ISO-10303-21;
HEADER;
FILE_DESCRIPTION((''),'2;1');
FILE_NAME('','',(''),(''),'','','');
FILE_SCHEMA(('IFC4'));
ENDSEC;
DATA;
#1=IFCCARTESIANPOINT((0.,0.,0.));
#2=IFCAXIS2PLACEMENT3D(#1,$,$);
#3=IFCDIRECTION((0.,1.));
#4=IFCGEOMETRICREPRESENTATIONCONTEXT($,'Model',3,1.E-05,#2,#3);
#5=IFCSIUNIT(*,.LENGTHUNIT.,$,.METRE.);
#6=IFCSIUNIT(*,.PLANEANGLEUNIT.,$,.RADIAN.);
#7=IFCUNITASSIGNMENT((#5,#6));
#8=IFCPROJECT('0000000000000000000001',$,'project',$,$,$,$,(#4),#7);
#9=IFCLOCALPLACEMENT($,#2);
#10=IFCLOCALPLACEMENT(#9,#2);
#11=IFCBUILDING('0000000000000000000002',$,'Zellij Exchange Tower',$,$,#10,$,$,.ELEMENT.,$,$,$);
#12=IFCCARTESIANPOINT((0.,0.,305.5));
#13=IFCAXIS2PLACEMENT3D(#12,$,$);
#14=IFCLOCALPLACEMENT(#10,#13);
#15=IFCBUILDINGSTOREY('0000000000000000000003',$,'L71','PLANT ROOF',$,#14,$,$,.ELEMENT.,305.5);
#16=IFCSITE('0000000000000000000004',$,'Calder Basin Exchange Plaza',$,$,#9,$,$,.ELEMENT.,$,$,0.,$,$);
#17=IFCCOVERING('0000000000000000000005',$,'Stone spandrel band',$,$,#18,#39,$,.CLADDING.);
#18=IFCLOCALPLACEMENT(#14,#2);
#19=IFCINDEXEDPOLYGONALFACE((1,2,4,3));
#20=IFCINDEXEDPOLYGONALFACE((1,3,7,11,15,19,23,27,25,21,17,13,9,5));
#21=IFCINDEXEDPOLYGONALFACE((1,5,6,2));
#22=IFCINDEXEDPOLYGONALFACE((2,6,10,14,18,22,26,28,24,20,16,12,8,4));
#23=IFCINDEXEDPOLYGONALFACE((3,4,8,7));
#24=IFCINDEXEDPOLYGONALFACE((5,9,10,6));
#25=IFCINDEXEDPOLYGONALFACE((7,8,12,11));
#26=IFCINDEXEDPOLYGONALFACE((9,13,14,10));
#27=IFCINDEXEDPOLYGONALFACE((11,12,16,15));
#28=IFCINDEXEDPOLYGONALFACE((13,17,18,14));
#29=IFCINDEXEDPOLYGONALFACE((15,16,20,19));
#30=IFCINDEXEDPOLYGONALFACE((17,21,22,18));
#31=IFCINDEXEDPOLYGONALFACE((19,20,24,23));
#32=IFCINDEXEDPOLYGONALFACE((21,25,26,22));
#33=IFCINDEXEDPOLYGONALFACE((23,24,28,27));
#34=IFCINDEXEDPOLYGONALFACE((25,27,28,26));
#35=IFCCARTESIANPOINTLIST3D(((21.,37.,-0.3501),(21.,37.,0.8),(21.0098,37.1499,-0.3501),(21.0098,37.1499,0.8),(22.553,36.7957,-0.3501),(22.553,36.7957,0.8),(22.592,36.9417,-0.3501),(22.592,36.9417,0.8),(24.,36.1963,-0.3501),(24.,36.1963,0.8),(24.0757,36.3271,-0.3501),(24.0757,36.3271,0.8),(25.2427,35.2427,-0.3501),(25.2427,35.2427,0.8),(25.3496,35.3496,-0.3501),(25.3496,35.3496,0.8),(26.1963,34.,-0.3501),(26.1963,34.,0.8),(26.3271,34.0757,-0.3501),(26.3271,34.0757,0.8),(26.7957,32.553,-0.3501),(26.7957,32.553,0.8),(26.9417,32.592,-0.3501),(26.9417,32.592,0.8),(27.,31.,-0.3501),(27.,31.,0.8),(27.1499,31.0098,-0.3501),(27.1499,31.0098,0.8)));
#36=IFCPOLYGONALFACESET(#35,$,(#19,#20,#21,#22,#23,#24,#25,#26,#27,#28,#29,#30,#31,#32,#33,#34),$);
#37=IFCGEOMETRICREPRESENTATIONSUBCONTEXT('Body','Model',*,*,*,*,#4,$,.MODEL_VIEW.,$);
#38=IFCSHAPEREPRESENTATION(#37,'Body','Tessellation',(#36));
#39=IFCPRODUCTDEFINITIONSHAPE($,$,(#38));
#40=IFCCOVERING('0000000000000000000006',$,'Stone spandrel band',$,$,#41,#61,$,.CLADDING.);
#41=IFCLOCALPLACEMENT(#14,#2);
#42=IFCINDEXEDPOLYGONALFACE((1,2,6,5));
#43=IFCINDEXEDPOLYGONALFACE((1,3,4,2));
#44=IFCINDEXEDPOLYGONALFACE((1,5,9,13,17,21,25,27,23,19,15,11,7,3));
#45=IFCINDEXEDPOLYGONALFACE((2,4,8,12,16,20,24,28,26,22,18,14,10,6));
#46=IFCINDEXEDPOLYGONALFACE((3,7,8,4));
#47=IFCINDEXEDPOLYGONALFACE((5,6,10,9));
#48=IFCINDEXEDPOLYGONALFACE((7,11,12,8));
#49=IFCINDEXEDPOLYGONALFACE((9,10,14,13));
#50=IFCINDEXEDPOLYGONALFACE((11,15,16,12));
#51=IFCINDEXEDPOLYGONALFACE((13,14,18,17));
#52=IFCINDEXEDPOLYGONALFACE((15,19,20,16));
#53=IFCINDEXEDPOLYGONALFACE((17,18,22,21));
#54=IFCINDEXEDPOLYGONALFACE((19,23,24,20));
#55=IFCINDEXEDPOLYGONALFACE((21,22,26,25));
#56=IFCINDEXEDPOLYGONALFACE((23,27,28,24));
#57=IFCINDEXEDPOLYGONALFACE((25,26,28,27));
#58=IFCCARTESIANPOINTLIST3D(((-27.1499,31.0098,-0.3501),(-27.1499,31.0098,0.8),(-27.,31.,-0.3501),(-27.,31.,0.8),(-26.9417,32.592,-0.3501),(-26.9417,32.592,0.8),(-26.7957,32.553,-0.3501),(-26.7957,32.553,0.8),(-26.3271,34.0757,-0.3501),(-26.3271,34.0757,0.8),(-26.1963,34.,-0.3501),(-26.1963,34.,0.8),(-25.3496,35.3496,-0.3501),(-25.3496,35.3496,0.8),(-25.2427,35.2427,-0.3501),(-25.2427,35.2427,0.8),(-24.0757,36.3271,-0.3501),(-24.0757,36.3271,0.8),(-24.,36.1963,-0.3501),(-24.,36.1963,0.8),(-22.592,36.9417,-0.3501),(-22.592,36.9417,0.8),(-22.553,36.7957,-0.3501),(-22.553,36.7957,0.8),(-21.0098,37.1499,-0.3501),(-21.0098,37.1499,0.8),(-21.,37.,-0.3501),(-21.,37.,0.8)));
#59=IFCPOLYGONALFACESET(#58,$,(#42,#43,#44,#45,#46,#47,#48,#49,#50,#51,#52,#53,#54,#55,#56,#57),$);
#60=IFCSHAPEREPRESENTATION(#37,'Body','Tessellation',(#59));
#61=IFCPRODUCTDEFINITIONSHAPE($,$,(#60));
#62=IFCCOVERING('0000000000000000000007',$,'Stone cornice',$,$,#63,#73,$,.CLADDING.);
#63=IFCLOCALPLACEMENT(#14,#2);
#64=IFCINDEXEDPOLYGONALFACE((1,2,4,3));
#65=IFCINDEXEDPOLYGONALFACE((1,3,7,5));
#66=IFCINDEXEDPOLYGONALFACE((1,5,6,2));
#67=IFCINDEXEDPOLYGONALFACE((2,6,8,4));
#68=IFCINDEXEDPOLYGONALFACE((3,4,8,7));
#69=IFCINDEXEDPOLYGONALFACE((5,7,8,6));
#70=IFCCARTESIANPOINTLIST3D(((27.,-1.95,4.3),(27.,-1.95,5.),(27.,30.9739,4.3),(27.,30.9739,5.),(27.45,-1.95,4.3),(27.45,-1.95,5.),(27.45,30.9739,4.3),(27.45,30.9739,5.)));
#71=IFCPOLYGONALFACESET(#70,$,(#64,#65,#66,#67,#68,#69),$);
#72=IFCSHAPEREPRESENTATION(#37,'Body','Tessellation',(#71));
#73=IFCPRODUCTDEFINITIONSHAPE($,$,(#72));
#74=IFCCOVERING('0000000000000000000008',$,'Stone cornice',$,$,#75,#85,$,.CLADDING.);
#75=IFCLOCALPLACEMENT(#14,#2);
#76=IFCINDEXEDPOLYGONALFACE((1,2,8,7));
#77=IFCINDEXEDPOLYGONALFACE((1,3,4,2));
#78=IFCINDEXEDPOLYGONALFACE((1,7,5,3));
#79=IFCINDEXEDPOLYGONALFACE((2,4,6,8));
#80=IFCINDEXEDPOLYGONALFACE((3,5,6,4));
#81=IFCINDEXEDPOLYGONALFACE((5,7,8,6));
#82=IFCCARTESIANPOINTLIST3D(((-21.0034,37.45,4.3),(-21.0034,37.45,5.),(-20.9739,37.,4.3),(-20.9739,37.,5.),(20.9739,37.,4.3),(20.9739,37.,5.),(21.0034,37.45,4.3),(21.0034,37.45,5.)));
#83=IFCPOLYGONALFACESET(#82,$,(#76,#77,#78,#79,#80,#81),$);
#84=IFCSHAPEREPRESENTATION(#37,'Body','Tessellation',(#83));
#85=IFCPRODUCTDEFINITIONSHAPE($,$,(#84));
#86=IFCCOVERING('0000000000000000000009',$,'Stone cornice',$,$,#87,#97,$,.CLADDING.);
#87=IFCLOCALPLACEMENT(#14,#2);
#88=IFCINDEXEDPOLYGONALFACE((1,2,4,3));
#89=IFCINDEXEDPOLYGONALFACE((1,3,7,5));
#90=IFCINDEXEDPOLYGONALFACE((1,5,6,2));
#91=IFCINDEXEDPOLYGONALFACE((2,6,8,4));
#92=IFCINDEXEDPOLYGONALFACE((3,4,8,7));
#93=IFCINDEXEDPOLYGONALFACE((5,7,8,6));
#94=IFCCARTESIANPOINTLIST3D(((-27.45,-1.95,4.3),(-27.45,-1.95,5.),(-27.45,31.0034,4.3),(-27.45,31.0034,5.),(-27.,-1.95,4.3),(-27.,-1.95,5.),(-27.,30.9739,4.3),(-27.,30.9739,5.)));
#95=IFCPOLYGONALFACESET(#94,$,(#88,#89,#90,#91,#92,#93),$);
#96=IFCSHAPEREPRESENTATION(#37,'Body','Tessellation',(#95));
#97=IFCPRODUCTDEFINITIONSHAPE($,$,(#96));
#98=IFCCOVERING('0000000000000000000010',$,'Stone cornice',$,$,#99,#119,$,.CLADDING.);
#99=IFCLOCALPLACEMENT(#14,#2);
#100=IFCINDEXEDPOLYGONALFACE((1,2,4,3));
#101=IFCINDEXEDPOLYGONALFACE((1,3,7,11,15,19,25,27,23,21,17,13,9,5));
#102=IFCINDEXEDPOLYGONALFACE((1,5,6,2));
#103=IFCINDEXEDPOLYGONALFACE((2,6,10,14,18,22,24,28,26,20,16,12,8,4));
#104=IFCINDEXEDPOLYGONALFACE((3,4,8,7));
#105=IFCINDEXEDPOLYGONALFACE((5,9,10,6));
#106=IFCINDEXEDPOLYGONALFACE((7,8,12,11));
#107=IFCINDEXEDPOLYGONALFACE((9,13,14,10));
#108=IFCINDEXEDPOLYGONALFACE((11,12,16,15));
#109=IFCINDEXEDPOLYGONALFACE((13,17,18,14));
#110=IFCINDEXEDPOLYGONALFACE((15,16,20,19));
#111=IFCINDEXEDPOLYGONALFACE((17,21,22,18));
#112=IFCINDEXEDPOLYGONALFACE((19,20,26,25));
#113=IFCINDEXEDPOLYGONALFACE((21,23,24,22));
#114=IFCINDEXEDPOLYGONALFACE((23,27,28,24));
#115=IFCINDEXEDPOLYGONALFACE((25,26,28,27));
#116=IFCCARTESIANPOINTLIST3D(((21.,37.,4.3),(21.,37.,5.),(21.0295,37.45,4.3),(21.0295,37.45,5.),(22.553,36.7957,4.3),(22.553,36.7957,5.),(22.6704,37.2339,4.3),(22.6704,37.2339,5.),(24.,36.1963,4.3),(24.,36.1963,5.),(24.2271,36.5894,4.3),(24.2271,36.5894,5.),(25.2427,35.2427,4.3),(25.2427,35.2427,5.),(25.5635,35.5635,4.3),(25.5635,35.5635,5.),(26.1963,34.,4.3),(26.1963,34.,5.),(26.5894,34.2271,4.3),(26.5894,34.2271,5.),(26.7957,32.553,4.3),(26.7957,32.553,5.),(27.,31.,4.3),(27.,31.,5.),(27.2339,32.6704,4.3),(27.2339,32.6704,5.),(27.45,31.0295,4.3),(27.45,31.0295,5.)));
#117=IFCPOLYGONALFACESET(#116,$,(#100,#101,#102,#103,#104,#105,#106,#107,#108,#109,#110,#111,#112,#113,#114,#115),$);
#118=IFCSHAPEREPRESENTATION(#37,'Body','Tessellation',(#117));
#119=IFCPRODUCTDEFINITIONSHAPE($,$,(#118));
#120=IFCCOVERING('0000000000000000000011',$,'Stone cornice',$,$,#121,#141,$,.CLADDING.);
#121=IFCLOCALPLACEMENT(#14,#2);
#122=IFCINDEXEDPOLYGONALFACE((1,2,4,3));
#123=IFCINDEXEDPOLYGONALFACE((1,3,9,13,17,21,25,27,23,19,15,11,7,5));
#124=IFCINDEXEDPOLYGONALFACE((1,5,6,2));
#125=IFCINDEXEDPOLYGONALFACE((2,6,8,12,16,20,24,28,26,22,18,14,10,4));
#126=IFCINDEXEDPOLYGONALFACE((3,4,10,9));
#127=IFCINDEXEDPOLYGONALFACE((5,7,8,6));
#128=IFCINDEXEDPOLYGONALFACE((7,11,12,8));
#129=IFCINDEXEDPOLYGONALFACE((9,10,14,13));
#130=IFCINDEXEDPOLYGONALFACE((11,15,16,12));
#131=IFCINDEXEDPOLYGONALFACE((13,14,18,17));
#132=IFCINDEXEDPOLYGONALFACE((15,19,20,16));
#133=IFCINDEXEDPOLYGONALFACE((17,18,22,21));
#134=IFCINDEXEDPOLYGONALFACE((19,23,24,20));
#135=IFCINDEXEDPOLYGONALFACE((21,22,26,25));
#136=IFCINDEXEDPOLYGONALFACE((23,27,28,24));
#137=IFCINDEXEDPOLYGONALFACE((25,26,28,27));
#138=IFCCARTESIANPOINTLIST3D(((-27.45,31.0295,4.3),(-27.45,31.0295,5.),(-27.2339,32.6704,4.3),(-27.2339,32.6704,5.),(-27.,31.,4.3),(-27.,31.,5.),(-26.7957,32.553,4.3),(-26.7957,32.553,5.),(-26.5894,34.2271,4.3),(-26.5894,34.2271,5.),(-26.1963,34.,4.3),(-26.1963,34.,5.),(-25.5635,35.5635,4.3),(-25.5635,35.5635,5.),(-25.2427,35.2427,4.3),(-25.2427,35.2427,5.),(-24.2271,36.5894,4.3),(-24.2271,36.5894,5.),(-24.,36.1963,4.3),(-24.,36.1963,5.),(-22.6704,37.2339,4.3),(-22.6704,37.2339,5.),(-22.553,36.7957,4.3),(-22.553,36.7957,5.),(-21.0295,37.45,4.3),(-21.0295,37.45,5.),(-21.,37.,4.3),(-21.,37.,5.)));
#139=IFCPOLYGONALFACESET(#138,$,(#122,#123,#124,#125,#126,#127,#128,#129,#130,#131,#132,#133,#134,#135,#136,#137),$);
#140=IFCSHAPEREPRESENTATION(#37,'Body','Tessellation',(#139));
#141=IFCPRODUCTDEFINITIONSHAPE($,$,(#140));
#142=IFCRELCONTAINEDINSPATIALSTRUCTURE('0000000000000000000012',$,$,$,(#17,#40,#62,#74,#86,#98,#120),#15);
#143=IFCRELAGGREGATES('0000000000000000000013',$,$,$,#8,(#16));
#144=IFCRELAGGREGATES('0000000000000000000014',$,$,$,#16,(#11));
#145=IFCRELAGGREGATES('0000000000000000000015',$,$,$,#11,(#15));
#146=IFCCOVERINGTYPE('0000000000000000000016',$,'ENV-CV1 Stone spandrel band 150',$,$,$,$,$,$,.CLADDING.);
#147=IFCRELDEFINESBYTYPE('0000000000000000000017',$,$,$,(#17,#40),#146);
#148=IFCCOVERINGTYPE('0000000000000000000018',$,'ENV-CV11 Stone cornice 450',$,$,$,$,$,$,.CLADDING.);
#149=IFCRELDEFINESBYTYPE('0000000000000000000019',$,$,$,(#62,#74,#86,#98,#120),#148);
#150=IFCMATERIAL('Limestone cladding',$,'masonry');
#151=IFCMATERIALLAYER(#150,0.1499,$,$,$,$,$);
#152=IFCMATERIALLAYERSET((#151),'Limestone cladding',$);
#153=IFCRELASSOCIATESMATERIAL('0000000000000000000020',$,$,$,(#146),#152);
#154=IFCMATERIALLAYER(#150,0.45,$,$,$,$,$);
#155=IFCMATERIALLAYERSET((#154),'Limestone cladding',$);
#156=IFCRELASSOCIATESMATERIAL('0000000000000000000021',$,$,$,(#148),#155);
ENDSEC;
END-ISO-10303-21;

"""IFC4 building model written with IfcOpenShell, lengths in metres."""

from ifc_helpers import new_model, si_unit, direction, frame, origin, place, context, subcontext, project, spatial, polyline, outline, extrude, material, layer, layer_set, type_object, element, save


model = new_model("IFC4")

# Units and contexts
model_context = context("Model", 3, precision=1e-05, world=origin(), true_north=direction((0.0, 1.0)))
body_context = subcontext(model_context, "Body", "Model", "MODEL_VIEW")
ifc_project = project(units=[si_unit("LENGTHUNIT", "METRE"), si_unit("PLANEANGLEUNIT", "RADIAN")], contexts=[model_context])

# Site, building, storey
site_placement = place(None, origin())
site = spatial("IfcSite", under=ifc_project, at=site_placement, Name="Calder Basin Exchange Plaza", CompositionType="ELEMENT", RefElevation=0.0)
building_placement = place(site_placement, origin())
building = spatial("IfcBuilding", under=site, at=building_placement, Name="Zellij Exchange Tower", CompositionType="ELEMENT")
storey_placement = place(building_placement, frame((0.0, 0.0, 305.5)))
storey = spatial("IfcBuildingStorey", under=building, at=storey_placement, Name="L71", Description="PLANT ROOF", CompositionType="ELEMENT", Elevation=305.5)

# Coverings
ifc_material_1 = material(Name="Limestone cladding", Category="masonry")
ifc_layer_1 = layer(ifc_material_1, 0.1499)
ifc_layer_set_1 = layer_set([ifc_layer_1], Name="Limestone cladding")
covering_type_1 = type_object("IfcCoveringType", Name="ENV-CV1 Stone spandrel band 150", PredefinedType="CLADDING", material=ifc_layer_set_1)
covering_1_placement = place(storey_placement, frame((0.0, 0.0, -0.3501)))
element("IfcCovering", 1, at=covering_1_placement, inside=storey, type_object=covering_type_1, Name="Stone spandrel band", PredefinedType="CLADDING", context=body_context, shape_type="SweptSolid", body=[
    extrude(outline(polyline([(27.0, 31.0), (26.7957, 32.553), (26.1963, 34.0), (25.2427, 35.2427), (24.0, 36.1963), (22.553, 36.7957), (21.0, 37.0), (21.0098, 37.1499), (22.592, 36.9417), (24.0757, 36.3271), (25.3496, 35.3496), (26.3271, 34.0757), (26.9417, 32.592), (27.1499, 31.0098), (27.0, 31.0)])), origin(), (0.0, 0.0, 1.0), 1.1501),
])
covering_2_placement = place(storey_placement, frame((0.0, 0.0, -0.3501)))
element("IfcCovering", 2, at=covering_2_placement, inside=storey, type_object=covering_type_1, Name="Stone spandrel band", PredefinedType="CLADDING", context=body_context, shape_type="SweptSolid", body=[
    extrude(outline(polyline([(-21.0, 37.0), (-22.553, 36.7957), (-24.0, 36.1963), (-25.2427, 35.2427), (-26.1963, 34.0), (-26.7957, 32.553), (-27.0, 31.0), (-27.1499, 31.0098), (-26.9417, 32.592), (-26.3271, 34.0757), (-25.3496, 35.3496), (-24.0757, 36.3271), (-22.592, 36.9417), (-21.0098, 37.1499), (-21.0, 37.0)])), origin(), (0.0, 0.0, 1.0), 1.1501),
])
ifc_layer_2 = layer(ifc_material_1, 0.45)
ifc_layer_set_2 = layer_set([ifc_layer_2], Name="Limestone cladding")
covering_type_2 = type_object("IfcCoveringType", Name="ENV-CV11 Stone cornice 450", PredefinedType="CLADDING", material=ifc_layer_set_2)
covering_3_placement = place(storey_placement, frame((0.0, 0.0, 4.3)))
element("IfcCovering", 3, at=covering_3_placement, inside=storey, type_object=covering_type_2, Name="Stone cornice", PredefinedType="CLADDING", context=body_context, shape_type="SweptSolid", body=[
    extrude(outline(polyline([(27.0, -1.95), (27.0, 30.9739), (27.45, 30.9739), (27.45, -1.95), (27.0, -1.95)])), origin(), (0.0, 0.0, 1.0), 0.7),
])
covering_4_placement = place(storey_placement, frame((0.0, 0.0, 4.3)))
element("IfcCovering", 4, at=covering_4_placement, inside=storey, type_object=covering_type_2, Name="Stone cornice", PredefinedType="CLADDING", context=body_context, shape_type="SweptSolid", body=[
    extrude(outline(polyline([(20.9739, 37.0), (-20.9739, 37.0), (-21.0034, 37.45), (21.0034, 37.45), (20.9739, 37.0)])), origin(), (0.0, 0.0, 1.0), 0.7),
])
covering_5_placement = place(storey_placement, frame((0.0, 0.0, 4.3)))
element("IfcCovering", 5, at=covering_5_placement, inside=storey, type_object=covering_type_2, Name="Stone cornice", PredefinedType="CLADDING", context=body_context, shape_type="SweptSolid", body=[
    extrude(outline(polyline([(-27.0, 30.9739), (-27.0, -1.95), (-27.45, -1.95), (-27.45, 31.0034), (-27.0, 30.9739)])), origin(), (0.0, 0.0, 1.0), 0.7),
])
covering_6_placement = place(storey_placement, frame((0.0, 0.0, 4.3)))
element("IfcCovering", 6, at=covering_6_placement, inside=storey, type_object=covering_type_2, Name="Stone cornice", PredefinedType="CLADDING", context=body_context, shape_type="SweptSolid", body=[
    extrude(outline(polyline([(27.0, 31.0), (26.7957, 32.553), (26.1963, 34.0), (25.2427, 35.2427), (24.0, 36.1963), (22.553, 36.7957), (21.0, 37.0), (21.0295, 37.45), (22.6704, 37.2339), (24.2271, 36.5894), (25.5635, 35.5635), (26.5894, 34.2271), (27.2339, 32.6704), (27.45, 31.0295), (27.0, 31.0)])), origin(), (0.0, 0.0, 1.0), 0.7),
])
covering_7_placement = place(storey_placement, frame((0.0, 0.0, 4.3)))
element("IfcCovering", 7, at=covering_7_placement, inside=storey, type_object=covering_type_2, Name="Stone cornice", PredefinedType="CLADDING", context=body_context, shape_type="SweptSolid", body=[
    extrude(outline(polyline([(-21.0, 37.0), (-22.553, 36.7957), (-24.0, 36.1963), (-25.2427, 35.2427), (-26.1963, 34.0), (-26.7957, 32.553), (-27.0, 31.0), (-27.45, 31.0295), (-27.2339, 32.6704), (-26.5894, 34.2271), (-25.5635, 35.5635), (-24.2271, 36.5894), (-22.6704, 37.2339), (-21.0295, 37.45), (-21.0, 37.0)])), origin(), (0.0, 0.0, 1.0), 0.7),
])

save(model, "model.ifc")
